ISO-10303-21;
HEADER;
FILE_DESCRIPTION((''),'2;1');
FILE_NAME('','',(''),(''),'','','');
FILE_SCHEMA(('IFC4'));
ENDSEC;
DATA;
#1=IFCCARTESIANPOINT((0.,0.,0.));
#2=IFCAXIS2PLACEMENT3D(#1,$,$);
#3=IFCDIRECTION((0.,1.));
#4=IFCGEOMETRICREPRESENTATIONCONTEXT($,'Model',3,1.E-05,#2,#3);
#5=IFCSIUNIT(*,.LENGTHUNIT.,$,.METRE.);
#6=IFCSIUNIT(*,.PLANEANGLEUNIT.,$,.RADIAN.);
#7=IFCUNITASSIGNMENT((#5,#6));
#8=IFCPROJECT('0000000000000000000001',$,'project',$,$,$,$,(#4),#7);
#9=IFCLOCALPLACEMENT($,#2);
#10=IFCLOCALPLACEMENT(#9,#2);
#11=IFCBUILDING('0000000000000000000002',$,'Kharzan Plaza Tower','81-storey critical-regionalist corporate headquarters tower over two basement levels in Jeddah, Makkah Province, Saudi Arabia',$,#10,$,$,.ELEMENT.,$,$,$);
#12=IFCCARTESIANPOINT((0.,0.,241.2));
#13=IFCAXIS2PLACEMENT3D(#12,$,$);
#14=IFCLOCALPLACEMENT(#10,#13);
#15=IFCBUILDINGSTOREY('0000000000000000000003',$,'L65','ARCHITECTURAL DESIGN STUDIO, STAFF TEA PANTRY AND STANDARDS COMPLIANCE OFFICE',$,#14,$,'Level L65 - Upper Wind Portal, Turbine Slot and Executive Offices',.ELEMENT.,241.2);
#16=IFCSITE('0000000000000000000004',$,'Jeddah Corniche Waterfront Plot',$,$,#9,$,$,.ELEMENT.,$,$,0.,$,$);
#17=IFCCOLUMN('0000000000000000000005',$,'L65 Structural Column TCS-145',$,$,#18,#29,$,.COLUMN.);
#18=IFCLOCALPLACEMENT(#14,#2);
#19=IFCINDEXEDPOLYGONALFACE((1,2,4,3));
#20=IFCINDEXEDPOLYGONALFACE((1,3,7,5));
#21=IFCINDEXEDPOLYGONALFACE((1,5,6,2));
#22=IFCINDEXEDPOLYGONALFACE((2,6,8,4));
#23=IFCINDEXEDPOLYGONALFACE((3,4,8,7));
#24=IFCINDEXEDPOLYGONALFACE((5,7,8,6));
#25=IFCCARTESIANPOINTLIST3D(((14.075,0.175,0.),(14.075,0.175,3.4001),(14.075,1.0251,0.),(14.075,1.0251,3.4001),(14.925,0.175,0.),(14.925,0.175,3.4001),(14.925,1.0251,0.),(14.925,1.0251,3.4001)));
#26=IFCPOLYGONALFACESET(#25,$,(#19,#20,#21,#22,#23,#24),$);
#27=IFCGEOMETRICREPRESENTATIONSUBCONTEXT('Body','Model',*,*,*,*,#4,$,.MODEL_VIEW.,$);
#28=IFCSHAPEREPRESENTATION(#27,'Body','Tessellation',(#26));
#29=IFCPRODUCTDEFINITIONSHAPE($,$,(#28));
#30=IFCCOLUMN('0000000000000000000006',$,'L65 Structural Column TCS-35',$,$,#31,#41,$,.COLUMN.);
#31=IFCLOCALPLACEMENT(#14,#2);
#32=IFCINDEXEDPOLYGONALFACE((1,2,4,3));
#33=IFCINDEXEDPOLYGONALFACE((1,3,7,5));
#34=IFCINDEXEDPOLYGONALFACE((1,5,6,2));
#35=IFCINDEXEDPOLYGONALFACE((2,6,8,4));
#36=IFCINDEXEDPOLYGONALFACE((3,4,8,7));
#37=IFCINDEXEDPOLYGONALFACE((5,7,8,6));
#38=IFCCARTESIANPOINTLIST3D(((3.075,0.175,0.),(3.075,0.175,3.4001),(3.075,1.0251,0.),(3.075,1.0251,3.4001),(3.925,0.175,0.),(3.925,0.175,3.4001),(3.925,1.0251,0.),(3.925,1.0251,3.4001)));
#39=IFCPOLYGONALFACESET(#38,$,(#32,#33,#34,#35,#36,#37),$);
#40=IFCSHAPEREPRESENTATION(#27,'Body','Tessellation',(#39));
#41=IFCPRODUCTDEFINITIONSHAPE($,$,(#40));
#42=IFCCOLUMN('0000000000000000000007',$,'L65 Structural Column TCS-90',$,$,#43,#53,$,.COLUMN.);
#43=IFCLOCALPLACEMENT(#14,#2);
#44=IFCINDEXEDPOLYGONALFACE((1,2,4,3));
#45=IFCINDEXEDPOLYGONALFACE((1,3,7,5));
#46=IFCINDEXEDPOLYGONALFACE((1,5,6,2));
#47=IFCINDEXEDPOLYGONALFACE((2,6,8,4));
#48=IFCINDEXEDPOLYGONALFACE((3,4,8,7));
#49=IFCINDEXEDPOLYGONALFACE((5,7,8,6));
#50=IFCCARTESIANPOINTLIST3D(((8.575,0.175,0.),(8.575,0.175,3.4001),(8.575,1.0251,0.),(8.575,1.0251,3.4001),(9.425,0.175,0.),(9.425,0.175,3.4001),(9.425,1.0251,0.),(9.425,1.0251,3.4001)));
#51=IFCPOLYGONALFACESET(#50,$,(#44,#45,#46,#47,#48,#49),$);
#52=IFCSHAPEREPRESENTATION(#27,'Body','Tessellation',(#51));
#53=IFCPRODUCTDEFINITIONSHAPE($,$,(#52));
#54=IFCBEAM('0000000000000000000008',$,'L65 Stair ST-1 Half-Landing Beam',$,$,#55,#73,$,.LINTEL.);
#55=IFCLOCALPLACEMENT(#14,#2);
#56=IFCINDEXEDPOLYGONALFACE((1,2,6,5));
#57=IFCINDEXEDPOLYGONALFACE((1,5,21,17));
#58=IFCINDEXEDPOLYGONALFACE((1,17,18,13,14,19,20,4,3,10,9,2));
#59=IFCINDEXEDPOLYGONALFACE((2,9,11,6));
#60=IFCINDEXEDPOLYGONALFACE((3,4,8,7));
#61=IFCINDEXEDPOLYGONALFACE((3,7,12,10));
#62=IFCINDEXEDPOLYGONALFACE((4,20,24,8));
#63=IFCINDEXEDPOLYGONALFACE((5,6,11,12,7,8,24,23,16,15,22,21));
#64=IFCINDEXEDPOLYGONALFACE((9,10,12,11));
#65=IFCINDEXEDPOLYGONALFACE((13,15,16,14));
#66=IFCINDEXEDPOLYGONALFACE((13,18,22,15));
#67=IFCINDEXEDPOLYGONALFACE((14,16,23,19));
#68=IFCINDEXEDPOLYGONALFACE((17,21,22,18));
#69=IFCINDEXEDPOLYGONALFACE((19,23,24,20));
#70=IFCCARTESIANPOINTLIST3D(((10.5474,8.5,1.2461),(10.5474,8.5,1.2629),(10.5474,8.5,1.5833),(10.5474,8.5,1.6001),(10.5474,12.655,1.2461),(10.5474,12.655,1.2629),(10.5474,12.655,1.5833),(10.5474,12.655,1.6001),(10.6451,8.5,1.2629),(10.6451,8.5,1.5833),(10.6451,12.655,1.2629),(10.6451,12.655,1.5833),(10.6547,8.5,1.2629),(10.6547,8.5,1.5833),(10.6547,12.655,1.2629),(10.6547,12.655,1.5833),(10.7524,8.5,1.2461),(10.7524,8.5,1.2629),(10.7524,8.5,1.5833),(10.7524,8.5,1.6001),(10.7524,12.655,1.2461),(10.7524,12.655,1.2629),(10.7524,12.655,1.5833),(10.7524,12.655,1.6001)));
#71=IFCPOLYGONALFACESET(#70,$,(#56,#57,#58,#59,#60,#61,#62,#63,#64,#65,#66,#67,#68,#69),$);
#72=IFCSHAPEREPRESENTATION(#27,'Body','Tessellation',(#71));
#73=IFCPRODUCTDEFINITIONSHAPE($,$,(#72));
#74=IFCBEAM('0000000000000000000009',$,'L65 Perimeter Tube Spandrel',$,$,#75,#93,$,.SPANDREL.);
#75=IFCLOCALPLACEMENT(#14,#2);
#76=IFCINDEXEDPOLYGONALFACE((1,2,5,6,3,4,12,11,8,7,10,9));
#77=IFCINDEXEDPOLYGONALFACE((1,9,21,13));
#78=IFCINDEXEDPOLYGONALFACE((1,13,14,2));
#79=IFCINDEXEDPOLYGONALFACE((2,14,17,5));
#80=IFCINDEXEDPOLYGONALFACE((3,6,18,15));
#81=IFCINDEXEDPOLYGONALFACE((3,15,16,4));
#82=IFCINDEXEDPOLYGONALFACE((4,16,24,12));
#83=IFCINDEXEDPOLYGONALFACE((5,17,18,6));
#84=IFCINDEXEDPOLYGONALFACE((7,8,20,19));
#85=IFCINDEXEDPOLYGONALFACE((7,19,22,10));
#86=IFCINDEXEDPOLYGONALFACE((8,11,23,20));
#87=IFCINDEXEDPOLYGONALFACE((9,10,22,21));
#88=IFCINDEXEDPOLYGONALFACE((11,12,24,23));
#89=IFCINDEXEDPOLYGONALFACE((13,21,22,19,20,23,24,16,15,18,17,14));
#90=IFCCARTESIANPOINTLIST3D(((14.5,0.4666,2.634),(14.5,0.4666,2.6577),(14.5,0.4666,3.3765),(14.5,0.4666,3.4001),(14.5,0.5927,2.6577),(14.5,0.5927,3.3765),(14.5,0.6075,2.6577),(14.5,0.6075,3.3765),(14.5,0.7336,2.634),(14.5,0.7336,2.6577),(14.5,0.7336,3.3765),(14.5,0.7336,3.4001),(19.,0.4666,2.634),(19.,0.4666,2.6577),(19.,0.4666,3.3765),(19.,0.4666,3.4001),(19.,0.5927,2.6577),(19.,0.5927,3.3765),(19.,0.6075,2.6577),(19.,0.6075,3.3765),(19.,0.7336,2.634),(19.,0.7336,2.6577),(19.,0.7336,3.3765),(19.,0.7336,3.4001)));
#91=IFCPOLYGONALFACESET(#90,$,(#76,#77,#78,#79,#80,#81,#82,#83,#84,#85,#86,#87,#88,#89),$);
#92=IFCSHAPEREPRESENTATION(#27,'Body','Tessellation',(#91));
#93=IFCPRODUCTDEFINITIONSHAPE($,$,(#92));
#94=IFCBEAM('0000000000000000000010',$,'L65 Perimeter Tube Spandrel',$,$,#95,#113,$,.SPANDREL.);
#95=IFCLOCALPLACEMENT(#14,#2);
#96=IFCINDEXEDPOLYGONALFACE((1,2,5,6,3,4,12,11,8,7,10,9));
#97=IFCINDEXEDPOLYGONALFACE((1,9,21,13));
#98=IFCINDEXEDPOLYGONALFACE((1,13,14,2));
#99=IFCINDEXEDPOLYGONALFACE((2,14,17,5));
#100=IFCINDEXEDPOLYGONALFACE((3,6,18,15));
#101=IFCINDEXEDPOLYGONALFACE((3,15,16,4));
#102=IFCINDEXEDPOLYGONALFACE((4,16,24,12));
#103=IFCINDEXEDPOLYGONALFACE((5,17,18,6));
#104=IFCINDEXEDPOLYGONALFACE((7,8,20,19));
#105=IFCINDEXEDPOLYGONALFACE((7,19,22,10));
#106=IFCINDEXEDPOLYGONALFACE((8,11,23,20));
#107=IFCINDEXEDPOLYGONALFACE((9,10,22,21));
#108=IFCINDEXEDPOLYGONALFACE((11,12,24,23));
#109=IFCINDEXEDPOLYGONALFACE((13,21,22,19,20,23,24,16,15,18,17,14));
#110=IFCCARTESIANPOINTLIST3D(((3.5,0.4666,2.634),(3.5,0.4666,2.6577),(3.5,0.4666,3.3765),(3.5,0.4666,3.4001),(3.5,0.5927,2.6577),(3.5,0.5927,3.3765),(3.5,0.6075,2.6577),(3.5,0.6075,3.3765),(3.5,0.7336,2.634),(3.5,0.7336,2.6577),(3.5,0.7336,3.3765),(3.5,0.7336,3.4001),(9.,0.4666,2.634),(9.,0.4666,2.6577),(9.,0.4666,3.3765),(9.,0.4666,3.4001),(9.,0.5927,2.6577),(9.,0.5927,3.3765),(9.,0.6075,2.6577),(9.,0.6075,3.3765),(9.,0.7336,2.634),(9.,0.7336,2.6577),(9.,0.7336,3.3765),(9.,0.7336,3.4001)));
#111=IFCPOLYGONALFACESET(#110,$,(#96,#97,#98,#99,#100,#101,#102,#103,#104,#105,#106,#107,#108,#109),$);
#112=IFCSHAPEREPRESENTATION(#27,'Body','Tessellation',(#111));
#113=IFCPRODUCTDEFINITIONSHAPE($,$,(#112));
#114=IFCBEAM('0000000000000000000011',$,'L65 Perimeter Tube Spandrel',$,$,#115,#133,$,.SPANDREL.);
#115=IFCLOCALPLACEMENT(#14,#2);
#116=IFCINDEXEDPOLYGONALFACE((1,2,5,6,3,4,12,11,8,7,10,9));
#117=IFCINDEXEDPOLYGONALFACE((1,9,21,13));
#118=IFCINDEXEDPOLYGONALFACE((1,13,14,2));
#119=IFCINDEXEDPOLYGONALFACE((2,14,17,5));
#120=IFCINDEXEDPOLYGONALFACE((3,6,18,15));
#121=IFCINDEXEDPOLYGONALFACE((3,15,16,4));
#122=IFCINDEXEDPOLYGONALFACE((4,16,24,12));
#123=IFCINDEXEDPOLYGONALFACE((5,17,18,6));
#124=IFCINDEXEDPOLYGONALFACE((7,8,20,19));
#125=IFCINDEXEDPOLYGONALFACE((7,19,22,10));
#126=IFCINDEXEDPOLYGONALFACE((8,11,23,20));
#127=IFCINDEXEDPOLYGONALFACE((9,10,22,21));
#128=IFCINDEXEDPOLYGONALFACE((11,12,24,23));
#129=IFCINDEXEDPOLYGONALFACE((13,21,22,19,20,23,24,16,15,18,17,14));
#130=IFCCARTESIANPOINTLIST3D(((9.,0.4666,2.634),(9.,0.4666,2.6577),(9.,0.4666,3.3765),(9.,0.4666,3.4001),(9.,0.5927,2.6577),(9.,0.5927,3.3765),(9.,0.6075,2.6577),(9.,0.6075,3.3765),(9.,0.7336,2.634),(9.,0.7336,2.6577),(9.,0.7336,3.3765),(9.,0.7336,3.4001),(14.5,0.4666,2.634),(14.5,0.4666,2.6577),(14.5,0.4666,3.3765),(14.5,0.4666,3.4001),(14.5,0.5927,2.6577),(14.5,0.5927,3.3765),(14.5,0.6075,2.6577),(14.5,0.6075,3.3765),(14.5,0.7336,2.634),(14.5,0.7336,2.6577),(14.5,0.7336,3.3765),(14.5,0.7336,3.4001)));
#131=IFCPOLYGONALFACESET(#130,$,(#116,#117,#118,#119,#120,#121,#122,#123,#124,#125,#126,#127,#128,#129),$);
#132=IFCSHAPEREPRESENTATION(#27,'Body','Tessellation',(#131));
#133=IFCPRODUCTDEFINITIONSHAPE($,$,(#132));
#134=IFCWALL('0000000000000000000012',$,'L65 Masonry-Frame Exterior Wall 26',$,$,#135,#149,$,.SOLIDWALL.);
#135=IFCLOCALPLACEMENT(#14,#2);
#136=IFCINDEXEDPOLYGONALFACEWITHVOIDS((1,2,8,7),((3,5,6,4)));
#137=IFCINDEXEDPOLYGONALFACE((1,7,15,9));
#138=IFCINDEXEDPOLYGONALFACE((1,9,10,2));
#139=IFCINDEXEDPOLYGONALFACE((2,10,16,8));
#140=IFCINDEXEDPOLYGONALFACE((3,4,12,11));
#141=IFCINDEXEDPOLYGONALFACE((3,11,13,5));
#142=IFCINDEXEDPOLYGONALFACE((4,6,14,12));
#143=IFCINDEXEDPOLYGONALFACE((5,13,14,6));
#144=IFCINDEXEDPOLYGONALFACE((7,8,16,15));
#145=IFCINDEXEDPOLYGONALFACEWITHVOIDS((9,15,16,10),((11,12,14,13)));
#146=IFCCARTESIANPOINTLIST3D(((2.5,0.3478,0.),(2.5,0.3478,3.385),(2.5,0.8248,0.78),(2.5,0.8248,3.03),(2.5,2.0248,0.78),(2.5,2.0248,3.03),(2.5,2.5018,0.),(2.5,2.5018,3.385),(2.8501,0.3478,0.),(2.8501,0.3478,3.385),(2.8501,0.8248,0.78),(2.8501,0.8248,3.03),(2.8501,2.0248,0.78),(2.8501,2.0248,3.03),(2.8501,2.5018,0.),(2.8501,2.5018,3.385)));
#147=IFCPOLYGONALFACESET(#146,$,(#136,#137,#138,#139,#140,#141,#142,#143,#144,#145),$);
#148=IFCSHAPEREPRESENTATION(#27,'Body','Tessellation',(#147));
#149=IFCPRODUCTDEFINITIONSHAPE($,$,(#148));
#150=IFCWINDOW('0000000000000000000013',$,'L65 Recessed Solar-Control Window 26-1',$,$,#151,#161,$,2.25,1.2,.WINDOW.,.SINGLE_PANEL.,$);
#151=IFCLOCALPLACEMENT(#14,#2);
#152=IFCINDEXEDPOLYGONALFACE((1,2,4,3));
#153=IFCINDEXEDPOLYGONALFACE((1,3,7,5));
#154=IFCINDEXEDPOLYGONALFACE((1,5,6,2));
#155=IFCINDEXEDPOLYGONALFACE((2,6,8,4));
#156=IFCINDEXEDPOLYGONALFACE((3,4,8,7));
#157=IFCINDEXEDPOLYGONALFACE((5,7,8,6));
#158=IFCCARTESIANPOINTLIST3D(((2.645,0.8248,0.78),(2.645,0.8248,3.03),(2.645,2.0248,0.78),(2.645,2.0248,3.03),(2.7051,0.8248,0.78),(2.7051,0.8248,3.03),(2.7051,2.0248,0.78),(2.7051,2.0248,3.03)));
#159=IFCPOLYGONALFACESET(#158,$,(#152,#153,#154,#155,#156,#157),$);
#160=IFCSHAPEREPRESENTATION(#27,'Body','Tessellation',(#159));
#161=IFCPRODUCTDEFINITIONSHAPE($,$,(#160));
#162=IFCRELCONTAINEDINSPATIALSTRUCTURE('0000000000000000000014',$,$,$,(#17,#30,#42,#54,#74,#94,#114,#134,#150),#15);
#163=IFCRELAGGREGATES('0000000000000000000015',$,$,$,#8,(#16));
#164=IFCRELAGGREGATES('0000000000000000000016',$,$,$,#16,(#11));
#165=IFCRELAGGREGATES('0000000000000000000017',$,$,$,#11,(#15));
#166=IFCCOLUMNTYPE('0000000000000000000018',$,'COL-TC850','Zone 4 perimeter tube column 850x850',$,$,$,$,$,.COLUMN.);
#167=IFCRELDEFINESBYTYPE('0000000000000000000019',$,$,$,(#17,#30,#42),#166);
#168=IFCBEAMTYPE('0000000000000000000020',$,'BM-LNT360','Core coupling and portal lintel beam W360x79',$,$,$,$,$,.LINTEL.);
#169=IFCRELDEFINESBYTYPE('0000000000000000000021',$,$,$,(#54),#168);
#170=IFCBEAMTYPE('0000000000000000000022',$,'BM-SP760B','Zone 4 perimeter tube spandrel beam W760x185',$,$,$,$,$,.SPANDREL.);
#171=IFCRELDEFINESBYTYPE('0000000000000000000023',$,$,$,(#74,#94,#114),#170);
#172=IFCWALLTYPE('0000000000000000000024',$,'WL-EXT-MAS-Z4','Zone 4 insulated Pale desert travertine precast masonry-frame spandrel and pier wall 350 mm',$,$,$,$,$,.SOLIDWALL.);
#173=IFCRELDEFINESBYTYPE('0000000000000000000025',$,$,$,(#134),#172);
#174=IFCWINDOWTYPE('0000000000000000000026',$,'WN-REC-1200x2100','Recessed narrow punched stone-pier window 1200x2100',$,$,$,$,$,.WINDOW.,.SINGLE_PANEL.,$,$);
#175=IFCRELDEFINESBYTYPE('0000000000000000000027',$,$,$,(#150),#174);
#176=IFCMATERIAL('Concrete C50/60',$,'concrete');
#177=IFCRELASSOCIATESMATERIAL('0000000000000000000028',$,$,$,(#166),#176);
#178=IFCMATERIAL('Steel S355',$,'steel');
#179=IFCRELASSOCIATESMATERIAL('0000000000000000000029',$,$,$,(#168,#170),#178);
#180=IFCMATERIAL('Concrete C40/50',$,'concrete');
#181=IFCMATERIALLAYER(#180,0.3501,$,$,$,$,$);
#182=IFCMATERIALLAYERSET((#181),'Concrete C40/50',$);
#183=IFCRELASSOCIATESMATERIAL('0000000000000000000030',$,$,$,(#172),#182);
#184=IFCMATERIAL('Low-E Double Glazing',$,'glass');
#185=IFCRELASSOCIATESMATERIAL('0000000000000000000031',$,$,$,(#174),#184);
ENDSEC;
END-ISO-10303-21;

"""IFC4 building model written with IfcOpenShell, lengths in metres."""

from ifc_helpers import new_model, si_unit, direction, frame, frame_2d, origin, origin_2d, place, context, subcontext, project, spatial, rectangle, i_section, extrude, source, transform, mapped, material, layer, layer_set, material_profile, profile_set, type_object, element, fill, save


model = new_model("IFC4")

# Units and contexts
model_context = context("Model", 3, precision=1e-05, world=origin(), true_north=direction((0.0, 1.0)))
body_context = subcontext(model_context, "Body", "Model", "MODEL_VIEW")
ifc_project = project(units=[si_unit("LENGTHUNIT", "METRE"), si_unit("PLANEANGLEUNIT", "RADIAN")], contexts=[model_context])

# Site, building, storey
site_placement = place(None, origin())
site = spatial("IfcSite", under=ifc_project, at=site_placement, Name="Jeddah Corniche Waterfront Plot", CompositionType="ELEMENT", RefElevation=0.0)
building_placement = place(site_placement, origin())
building = spatial("IfcBuilding", under=site, at=building_placement, Name="Kharzan Plaza Tower", Description="81-storey critical-regionalist corporate headquarters tower over two basement levels in Jeddah, Makkah Province, Saudi Arabia", CompositionType="ELEMENT")
storey_placement = place(building_placement, frame((0.0, 0.0, 241.2)))
storey = spatial("IfcBuildingStorey", under=building, at=storey_placement, Name="L65", Description="ARCHITECTURAL DESIGN STUDIO, STAFF TEA PANTRY AND STANDARDS COMPLIANCE OFFICE", LongName="Level L65 - Upper Wind Portal, Turbine Slot and Executive Offices", CompositionType="ELEMENT", Elevation=241.2)

# Columns
ifc_material_1 = material(Name="Concrete C50/60", Category="concrete")
ifc_material_profile_1 = material_profile(ifc_material_1, rectangle(XDim=0.8501, YDim=0.8501, at=origin_2d()), Name="RC-TC850x850")
ifc_profile_set_1 = profile_set([ifc_material_profile_1], Name="Concrete C50/60")
column_type = type_object("IfcColumnType", Name="COL-TC850", Description="Zone 4 perimeter tube column 850x850", PredefinedType="COLUMN", material=ifc_profile_set_1)
shared_shape_1 = source(origin(), body_context, "Body", "SweptSolid", [
    extrude(rectangle(XDim=0.8501, YDim=0.8501, at=origin_2d()), origin(), (0.0, 0.0, 1.0), 3.4001),
])
for number, where, z_axis, x_axis, name in (
    (1, (14.5, 0.6001, 0.0), (0.0, 0.0, 1.0), (1.0, 0.0, 0.0), "L65 Structural Column TCS-145"),
    (2, (3.5, 0.6001, 0.0), (0.0, 0.0, 1.0), (1.0, 0.0, 0.0), "L65 Structural Column TCS-35"),
    (3, (9.0, 0.6001, 0.0), (0.0, 0.0, 1.0), (1.0, 0.0, 0.0), "L65 Structural Column TCS-90"),
):
    element("IfcColumn", number, at=place(storey_placement, frame(where, z_axis=z_axis, x_axis=x_axis)), inside=storey, type_object=column_type, Name=name, PredefinedType="COLUMN", context=body_context, shape_type="MappedRepresentation", body=[
        mapped(shared_shape_1, transform((0.0, 0.0, 0.0), x_axis=(1.0, 0.0, 0.0), y_axis=(0.0, 1.0, 0.0), z_axis=(0.0, 0.0, 1.0))),
    ])

# Beams
ifc_material_2 = material(Name="Steel S355", Category="steel")
ifc_material_profile_2 = material_profile(ifc_material_2, i_section(OverallWidth=0.2051, OverallDepth=0.354, WebThickness=0.0095, FlangeThickness=0.0168, at=origin_2d()), Name="W360x79")
ifc_profile_set_2 = profile_set([ifc_material_profile_2], Name="Steel S355")
beam_type_1 = type_object("IfcBeamType", Name="BM-LNT360", Description="Core coupling and portal lintel beam W360x79", PredefinedType="LINTEL", material=ifc_profile_set_2)
shared_shape_2 = source(origin(), body_context, "Body", "SweptSolid", [
    extrude(i_section(OverallWidth=0.2051, OverallDepth=0.354, WebThickness=0.0095, FlangeThickness=0.0168, at=origin_2d()), origin(), (0.0, 0.0, 1.0), 4.155),
])
beam_1_placement = place(storey_placement, frame((10.6499, 8.5, 1.4231), z_axis=(0.0, 1.0, 0.0), x_axis=(-1.0, 0.0, 0.0)))
element("IfcBeam", 4, at=beam_1_placement, inside=storey, type_object=beam_type_1, Name="L65 Stair ST-1 Half-Landing Beam", PredefinedType="LINTEL", context=body_context, shape_type="MappedRepresentation", body=[
    mapped(shared_shape_2, transform((0.0, 0.0, 0.0), x_axis=(1.0, 0.0, 0.0), y_axis=(0.0, 1.0, 0.0), z_axis=(0.0, 0.0, 1.0))),
])
ifc_material_profile_3 = material_profile(ifc_material_2, i_section(OverallWidth=0.2671, OverallDepth=0.7661, WebThickness=0.0149, FlangeThickness=0.0237, at=origin_2d()), Name="W760x185")
ifc_profile_set_3 = profile_set([ifc_material_profile_3], Name="Steel S355")
beam_type_2 = type_object("IfcBeamType", Name="BM-SP760B", Description="Zone 4 perimeter tube spandrel beam W760x185", PredefinedType="SPANDREL", material=ifc_profile_set_3)
shared_shape_3 = source(origin(), body_context, "Body", "SweptSolid", [
    extrude(i_section(OverallWidth=0.2671, OverallDepth=0.7661, WebThickness=0.0149, FlangeThickness=0.0237, at=origin_2d()), origin(), (0.0, 0.0, 1.0), 4.5),
])
beam_2_placement = place(storey_placement, frame((14.5, 0.6001, 3.0171), z_axis=(1.0, 0.0, 0.0), x_axis=(0.0, 1.0, 0.0)))
element("IfcBeam", 5, at=beam_2_placement, inside=storey, type_object=beam_type_2, Name="L65 Perimeter Tube Spandrel", PredefinedType="SPANDREL", context=body_context, shape_type="MappedRepresentation", body=[
    mapped(shared_shape_3, transform((0.0, 0.0, 0.0), x_axis=(1.0, 0.0, 0.0), y_axis=(0.0, 1.0, 0.0), z_axis=(0.0, 0.0, 1.0))),
])
shared_shape_4 = source(origin(), body_context, "Body", "SweptSolid", [
    extrude(i_section(OverallWidth=0.2671, OverallDepth=0.7661, WebThickness=0.0149, FlangeThickness=0.0237, at=origin_2d()), origin(), (0.0, 0.0, 1.0), 5.5),
])
for number, where, z_axis, x_axis, name in (
    (6, (3.5, 0.6001, 3.0171), (1.0, 0.0, 0.0), (0.0, 1.0, 0.0), "L65 Perimeter Tube Spandrel"),
    (7, (9.0, 0.6001, 3.0171), (1.0, 0.0, 0.0), (0.0, 1.0, 0.0), "L65 Perimeter Tube Spandrel"),
):
    element("IfcBeam", number, at=place(storey_placement, frame(where, z_axis=z_axis, x_axis=x_axis)), inside=storey, type_object=beam_type_2, Name=name, PredefinedType="SPANDREL", context=body_context, shape_type="MappedRepresentation", body=[
        mapped(shared_shape_4, transform((0.0, 0.0, 0.0), x_axis=(1.0, 0.0, 0.0), y_axis=(0.0, 1.0, 0.0), z_axis=(0.0, 0.0, 1.0))),
    ])

# Wall, opening, window
ifc_material_3 = material(Name="Concrete C40/50", Category="concrete")
ifc_layer_1 = layer(ifc_material_3, 0.3501)
ifc_layer_set_1 = layer_set([ifc_layer_1], Name="Concrete C40/50")
wall_type_1 = type_object("IfcWallType", Name="WL-EXT-MAS-Z4", Description="Zone 4 insulated Pale desert travertine precast masonry-frame spandrel and pier wall 350 mm", PredefinedType="SOLIDWALL", material=ifc_layer_set_1)
wall_1_placement = place(storey_placement, frame((2.675, 2.502, 0.0), z_axis=(0.0, 0.0, 1.0), x_axis=(0.0, -1.0, 0.0)))
wall_1 = element("IfcWall", 8, at=wall_1_placement, inside=storey, type_object=wall_type_1, Name="L65 Masonry-Frame Exterior Wall 26", PredefinedType="SOLIDWALL", context=body_context, shape_type="SweptSolid", body=[
    extrude(rectangle(XDim=2.1541, YDim=0.3501, at=frame_2d((1.0771, 0.0))), origin(), (0.0, 0.0, 1.0), 3.385),
])
opening_1_placement = place(wall_1_placement, frame((0.4771, 0.0, 0.78)))
opening_1 = element("IfcOpeningElement", 9, at=opening_1_placement, cuts=wall_1, PredefinedType="OPENING", context=body_context, shape_type="SweptSolid", body=[
    extrude(rectangle(XDim=1.2, YDim=2.25, at=frame_2d((0.6001, 1.125))), frame((0.0, 0.1851, 0.0), z_axis=(0.0, -1.0, 0.0), x_axis=(1.0, 0.0, 0.0)), (0.0, 0.0, 1.0), 0.3701),
])
ifc_material_4 = material(Name="Low-E Double Glazing", Category="glass")
window_type_1 = type_object("IfcWindowType", Name="WN-REC-1200x2100", Description="Recessed narrow punched stone-pier window 1200x2100", PartitioningType="SINGLE_PANEL", PredefinedType="WINDOW", material=ifc_material_4)
shared_shape_5 = source(origin(), body_context, "Body", "SweptSolid", [
    extrude(rectangle(XDim=1.2, YDim=2.25, at=frame_2d((0.6001, 1.125))), frame((0.0, 0.03, 0.0), z_axis=(0.0, -1.0, 0.0), x_axis=(1.0, 0.0, 0.0)), (0.0, 0.0, 1.0), 0.0601),
])
window_1_placement = place(opening_1_placement, origin())
window_1 = element("IfcWindow", 10, at=window_1_placement, inside=storey, type_object=window_type_1, Name="L65 Recessed Solar-Control Window 26-1", OverallHeight=2.25, OverallWidth=1.2, PartitioningType="SINGLE_PANEL", PredefinedType="WINDOW", context=body_context, shape_type="MappedRepresentation", body=[
    mapped(shared_shape_5, transform((0.0, 0.0, 0.0), x_axis=(1.0, 0.0, 0.0), y_axis=(0.0, 1.0, 0.0), z_axis=(0.0, 0.0, 1.0))),
])
fill(opening_1, window_1)

save(model, "model.ifc")
